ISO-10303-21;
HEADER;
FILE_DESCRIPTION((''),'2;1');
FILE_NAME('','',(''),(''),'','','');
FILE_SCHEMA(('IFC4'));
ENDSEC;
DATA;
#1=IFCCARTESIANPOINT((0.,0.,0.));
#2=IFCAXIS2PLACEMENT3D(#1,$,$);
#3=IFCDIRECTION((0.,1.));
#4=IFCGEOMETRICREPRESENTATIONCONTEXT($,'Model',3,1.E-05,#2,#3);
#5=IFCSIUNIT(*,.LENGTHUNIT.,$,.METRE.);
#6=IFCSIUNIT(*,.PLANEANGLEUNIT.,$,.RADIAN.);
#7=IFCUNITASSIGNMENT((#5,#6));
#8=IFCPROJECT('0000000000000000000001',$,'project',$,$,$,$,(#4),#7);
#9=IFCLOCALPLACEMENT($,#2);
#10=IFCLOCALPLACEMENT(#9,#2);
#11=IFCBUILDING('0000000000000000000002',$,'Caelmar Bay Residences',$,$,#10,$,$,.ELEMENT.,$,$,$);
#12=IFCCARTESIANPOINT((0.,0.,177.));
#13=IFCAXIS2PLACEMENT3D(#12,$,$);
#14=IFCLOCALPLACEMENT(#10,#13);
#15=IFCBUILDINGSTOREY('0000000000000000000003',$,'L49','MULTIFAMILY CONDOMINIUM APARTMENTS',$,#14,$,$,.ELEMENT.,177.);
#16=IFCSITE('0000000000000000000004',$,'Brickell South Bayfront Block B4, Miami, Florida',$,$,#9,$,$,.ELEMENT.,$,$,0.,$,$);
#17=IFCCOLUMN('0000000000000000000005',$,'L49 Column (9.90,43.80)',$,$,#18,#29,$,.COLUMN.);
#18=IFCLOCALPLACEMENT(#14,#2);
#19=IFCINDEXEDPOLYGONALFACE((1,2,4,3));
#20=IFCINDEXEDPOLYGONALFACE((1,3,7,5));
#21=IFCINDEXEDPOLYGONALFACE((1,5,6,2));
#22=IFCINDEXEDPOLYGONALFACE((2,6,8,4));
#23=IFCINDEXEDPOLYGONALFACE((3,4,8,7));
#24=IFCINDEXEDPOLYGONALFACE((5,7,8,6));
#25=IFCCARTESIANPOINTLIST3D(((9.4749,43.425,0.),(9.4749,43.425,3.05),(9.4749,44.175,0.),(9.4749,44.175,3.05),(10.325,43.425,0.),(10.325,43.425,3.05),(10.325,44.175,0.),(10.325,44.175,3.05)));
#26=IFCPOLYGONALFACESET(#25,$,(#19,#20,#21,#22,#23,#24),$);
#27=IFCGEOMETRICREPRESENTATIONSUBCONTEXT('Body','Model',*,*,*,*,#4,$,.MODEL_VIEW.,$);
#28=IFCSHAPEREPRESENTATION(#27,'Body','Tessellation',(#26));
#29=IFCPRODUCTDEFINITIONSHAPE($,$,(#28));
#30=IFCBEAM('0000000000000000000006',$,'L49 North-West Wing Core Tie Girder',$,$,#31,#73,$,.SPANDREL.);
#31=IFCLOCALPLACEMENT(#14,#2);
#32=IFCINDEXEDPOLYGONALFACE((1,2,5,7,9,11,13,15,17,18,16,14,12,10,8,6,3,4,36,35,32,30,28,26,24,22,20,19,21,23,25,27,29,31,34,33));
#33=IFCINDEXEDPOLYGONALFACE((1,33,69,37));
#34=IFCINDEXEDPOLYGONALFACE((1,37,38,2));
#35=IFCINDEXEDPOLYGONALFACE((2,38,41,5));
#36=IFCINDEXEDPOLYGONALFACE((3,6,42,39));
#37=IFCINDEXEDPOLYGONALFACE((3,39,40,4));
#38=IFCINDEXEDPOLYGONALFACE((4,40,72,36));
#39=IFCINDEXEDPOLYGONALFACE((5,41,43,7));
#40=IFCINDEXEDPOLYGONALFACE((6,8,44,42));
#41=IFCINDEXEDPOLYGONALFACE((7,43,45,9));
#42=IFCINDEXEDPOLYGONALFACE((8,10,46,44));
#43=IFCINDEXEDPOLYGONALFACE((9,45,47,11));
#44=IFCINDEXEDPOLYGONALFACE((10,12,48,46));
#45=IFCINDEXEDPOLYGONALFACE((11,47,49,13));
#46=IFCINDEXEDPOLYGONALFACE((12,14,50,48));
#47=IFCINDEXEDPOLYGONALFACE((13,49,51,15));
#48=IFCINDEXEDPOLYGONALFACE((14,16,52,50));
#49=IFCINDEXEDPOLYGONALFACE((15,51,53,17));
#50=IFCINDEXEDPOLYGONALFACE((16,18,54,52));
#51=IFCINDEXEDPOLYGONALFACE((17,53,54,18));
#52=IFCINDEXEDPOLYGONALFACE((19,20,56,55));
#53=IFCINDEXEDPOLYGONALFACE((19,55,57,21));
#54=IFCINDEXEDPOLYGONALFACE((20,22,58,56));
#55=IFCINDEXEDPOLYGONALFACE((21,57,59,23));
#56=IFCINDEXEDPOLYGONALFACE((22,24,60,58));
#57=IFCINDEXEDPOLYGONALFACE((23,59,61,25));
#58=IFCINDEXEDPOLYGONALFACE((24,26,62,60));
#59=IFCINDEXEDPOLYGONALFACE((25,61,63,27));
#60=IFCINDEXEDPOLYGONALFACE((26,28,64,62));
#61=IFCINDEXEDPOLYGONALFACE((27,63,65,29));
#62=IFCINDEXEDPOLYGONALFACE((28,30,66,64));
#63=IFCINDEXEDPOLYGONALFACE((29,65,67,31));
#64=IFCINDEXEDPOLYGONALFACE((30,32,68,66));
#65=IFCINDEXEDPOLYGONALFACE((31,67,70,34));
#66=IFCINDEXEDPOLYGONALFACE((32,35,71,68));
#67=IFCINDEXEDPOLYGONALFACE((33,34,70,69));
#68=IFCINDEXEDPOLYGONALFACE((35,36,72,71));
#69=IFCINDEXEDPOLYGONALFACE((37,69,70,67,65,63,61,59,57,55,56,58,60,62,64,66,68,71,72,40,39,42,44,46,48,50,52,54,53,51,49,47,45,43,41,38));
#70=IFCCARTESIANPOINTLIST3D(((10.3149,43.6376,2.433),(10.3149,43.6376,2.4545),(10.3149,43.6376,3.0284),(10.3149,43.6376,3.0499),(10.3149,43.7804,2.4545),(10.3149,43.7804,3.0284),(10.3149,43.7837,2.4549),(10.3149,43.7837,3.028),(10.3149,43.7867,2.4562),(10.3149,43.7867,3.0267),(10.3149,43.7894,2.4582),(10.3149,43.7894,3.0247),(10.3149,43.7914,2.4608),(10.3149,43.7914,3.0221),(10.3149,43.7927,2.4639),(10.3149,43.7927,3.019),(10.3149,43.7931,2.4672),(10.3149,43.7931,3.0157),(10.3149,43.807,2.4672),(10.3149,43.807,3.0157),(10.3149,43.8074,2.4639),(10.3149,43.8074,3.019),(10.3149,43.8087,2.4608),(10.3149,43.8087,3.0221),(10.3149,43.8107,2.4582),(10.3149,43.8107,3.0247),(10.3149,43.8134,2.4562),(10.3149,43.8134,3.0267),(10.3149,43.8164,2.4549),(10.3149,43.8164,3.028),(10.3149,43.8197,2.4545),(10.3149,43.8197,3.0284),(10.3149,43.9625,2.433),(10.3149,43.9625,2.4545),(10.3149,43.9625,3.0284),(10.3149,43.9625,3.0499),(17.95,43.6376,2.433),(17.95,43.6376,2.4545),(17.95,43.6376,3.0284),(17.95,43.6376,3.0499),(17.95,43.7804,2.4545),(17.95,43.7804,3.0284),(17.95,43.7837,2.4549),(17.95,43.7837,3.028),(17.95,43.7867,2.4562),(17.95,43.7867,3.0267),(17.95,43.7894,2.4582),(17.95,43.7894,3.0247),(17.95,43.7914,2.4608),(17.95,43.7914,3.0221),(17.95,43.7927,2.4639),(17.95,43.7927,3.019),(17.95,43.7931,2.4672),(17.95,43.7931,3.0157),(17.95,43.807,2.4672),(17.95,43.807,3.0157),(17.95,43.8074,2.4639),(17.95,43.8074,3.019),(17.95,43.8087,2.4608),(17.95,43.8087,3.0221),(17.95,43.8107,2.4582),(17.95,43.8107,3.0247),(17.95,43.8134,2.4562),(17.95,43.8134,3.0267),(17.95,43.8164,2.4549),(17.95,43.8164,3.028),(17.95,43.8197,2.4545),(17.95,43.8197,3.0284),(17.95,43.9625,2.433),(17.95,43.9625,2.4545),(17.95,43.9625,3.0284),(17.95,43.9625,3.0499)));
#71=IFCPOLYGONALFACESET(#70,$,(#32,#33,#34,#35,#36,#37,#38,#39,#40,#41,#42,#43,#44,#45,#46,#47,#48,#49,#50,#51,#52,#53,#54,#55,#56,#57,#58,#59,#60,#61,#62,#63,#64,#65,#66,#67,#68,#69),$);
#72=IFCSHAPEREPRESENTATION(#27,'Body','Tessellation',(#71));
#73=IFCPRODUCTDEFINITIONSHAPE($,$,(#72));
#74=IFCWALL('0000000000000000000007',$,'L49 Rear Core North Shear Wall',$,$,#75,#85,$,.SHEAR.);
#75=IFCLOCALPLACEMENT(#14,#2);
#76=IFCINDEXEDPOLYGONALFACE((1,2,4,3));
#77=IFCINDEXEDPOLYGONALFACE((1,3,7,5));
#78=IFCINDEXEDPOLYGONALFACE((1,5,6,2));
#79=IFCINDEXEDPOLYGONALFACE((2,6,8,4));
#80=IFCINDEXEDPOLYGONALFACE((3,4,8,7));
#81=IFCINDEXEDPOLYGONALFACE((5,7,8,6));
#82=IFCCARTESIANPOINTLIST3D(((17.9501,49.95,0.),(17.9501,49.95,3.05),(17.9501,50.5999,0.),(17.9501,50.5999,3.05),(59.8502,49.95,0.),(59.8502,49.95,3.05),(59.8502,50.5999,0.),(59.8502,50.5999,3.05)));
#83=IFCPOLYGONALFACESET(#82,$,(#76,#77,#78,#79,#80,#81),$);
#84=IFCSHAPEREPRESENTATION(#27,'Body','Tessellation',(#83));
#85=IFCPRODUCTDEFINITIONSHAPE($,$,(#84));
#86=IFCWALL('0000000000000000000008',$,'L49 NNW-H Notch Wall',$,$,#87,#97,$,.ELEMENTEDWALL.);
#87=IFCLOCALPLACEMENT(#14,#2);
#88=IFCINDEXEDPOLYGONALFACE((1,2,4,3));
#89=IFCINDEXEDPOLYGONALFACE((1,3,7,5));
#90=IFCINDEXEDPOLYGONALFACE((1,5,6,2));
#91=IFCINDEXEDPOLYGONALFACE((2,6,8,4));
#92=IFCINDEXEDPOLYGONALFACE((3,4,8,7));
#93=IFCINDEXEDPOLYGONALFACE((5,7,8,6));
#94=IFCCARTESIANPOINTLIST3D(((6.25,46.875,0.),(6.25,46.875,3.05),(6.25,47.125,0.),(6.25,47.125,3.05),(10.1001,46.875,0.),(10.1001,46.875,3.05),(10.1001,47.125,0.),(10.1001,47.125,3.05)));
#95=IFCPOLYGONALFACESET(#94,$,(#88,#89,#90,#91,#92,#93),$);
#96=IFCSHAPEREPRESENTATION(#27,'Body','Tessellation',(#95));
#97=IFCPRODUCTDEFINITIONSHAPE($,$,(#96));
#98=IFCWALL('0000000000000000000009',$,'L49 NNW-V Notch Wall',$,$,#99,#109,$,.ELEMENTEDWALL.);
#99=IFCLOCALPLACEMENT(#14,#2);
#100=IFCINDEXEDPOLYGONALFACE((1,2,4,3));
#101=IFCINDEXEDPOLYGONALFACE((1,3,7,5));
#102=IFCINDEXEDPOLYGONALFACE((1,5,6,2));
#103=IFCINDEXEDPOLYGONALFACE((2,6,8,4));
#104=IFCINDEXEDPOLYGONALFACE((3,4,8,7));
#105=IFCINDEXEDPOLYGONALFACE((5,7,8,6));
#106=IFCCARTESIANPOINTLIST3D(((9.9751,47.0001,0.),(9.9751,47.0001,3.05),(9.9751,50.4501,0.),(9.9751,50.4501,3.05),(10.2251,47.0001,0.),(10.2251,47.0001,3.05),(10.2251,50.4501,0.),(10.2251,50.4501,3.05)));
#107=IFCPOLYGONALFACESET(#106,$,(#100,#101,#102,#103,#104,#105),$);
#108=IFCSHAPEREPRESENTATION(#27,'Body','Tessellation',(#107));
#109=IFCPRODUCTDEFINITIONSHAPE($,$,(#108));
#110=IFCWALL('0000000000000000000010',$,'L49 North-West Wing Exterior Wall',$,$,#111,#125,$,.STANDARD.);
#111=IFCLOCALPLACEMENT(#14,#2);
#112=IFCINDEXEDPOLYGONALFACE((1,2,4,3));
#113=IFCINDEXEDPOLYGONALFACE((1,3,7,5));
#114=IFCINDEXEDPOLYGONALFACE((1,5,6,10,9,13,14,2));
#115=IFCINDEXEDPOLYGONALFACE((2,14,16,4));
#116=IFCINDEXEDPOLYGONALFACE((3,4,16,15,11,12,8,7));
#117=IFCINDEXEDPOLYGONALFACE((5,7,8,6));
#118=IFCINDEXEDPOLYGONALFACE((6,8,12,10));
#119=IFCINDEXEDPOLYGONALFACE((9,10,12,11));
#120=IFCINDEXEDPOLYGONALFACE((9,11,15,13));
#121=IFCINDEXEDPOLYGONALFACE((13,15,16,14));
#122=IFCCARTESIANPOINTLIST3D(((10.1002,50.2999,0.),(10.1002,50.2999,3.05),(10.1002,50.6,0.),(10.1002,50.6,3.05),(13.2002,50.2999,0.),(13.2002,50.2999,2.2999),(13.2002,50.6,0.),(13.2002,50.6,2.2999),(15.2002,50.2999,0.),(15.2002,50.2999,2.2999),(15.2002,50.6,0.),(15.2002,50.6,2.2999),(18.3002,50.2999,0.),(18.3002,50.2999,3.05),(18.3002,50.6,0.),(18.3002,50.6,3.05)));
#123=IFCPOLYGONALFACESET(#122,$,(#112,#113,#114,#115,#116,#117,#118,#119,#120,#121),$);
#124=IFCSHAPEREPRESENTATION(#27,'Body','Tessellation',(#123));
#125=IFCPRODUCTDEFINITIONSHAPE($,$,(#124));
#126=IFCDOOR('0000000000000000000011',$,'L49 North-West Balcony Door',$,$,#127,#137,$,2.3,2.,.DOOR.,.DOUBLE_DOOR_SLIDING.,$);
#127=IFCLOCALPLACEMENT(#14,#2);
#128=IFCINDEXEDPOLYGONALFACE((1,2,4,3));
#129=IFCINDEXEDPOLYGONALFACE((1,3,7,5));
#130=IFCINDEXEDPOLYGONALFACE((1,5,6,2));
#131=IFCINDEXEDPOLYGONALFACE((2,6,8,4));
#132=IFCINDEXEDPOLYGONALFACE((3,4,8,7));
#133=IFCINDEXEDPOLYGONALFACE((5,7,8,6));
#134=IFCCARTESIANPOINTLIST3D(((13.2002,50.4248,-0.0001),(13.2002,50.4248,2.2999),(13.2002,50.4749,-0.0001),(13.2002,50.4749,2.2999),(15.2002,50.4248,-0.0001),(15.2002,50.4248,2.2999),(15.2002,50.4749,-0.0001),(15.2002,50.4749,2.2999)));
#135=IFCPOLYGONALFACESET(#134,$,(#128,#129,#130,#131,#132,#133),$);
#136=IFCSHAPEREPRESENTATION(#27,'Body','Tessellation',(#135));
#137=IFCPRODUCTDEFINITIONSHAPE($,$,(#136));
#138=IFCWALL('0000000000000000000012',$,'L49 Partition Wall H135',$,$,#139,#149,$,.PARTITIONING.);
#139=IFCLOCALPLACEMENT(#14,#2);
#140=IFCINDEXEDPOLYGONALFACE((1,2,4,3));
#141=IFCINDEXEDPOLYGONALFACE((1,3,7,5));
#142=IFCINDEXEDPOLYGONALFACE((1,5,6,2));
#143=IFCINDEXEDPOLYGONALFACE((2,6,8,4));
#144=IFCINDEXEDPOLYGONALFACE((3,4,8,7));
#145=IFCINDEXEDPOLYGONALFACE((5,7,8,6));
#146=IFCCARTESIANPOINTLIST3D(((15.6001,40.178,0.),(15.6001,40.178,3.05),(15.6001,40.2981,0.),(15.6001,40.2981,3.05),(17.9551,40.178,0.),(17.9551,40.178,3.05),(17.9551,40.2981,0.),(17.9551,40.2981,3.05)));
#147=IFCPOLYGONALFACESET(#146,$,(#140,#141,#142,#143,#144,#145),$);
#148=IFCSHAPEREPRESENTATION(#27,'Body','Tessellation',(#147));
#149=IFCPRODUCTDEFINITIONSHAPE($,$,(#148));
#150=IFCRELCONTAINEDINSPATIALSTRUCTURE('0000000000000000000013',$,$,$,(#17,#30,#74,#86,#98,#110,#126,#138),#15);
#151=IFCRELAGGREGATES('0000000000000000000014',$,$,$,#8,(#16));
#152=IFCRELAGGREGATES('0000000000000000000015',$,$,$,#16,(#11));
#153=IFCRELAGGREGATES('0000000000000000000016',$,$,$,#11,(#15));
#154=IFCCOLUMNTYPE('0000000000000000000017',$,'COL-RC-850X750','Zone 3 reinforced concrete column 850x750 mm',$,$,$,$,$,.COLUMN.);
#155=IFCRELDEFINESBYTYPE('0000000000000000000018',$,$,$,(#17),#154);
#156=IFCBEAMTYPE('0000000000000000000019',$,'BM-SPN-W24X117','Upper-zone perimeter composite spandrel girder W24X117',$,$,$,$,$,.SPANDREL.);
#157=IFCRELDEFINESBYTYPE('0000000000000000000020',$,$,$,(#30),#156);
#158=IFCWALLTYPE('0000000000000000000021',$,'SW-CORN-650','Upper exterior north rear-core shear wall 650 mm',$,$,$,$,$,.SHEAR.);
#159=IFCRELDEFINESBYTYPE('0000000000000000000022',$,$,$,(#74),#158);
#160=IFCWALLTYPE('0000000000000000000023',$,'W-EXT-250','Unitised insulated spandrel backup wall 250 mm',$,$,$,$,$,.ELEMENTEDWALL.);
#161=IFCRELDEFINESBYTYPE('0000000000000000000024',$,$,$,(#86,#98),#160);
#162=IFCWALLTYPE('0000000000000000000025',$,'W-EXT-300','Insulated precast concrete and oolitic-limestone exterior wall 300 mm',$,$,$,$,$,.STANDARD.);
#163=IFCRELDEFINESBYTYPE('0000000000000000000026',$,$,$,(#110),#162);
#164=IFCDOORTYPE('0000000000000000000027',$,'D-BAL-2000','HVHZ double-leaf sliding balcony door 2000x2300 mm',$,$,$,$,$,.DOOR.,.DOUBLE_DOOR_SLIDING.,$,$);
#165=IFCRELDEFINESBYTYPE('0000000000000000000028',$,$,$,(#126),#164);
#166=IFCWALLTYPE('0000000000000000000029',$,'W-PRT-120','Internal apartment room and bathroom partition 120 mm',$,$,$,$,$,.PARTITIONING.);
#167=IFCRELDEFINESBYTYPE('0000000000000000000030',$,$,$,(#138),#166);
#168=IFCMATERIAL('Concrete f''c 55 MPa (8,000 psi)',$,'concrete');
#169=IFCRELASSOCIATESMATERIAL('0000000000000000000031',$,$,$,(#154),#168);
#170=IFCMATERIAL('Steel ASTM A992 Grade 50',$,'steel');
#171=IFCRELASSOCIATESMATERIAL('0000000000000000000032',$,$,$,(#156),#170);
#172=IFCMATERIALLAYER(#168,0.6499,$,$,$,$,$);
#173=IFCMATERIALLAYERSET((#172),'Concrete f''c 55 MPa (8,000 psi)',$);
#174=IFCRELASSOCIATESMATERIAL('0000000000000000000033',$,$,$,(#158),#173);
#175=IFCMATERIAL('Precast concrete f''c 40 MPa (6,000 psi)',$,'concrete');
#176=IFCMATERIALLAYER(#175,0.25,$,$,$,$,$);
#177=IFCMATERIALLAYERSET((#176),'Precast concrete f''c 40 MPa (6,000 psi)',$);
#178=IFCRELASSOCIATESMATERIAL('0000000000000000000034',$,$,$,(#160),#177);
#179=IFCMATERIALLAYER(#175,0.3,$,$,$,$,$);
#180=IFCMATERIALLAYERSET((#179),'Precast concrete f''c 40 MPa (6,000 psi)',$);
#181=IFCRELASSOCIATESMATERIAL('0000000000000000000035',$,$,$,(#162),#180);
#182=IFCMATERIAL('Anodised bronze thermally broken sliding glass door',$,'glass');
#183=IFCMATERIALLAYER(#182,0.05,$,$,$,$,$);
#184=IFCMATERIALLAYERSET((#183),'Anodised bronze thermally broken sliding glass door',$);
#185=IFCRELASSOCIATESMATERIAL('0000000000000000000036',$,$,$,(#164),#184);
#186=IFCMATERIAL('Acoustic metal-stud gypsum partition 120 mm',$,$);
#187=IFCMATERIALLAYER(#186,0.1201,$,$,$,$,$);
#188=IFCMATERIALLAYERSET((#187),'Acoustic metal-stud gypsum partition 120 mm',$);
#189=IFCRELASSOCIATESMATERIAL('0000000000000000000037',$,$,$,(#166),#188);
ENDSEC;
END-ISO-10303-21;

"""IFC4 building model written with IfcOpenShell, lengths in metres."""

from ifc_helpers import new_model, si_unit, direction, frame, frame_2d, origin, origin_2d, place, context, subcontext, project, spatial, rectangle, i_section, extrude, material, layer, layer_set, material_profile, profile_set, type_object, element, fill, save


model = new_model("IFC4")

# Units and contexts
model_context = context("Model", 3, precision=1e-05, world=origin(), true_north=direction((0.0, 1.0)))
body_context = subcontext(model_context, "Body", "Model", "MODEL_VIEW")
ifc_project = project(units=[si_unit("LENGTHUNIT", "METRE"), si_unit("PLANEANGLEUNIT", "RADIAN")], contexts=[model_context])

# Site, building, storey
site_placement = place(None, origin())
site = spatial("IfcSite", under=ifc_project, at=site_placement, Name="Brickell South Bayfront Block B4, Miami, Florida", CompositionType="ELEMENT", RefElevation=0.0)
building_placement = place(site_placement, origin())
building = spatial("IfcBuilding", under=site, at=building_placement, Name="Caelmar Bay Residences", CompositionType="ELEMENT")
storey_placement = place(building_placement, frame((0.0, 0.0, 177.0)))
storey = spatial("IfcBuildingStorey", under=building, at=storey_placement, Name="L49", Description="MULTIFAMILY CONDOMINIUM APARTMENTS", CompositionType="ELEMENT", Elevation=177.0)

# Column
ifc_material_1 = material(Name="Concrete f'c 55 MPa (8,000 psi)", Category="concrete")
ifc_material_profile_1 = material_profile(ifc_material_1, rectangle(XDim=0.8501, YDim=0.75, at=origin_2d()), Name="RC-COL-850X750")
ifc_profile_set_1 = profile_set([ifc_material_profile_1], Name="Concrete f'c 55 MPa (8,000 psi)")
column_type = type_object("IfcColumnType", Name="COL-RC-850X750", Description="Zone 3 reinforced concrete column 850x750 mm", PredefinedType="COLUMN", material=ifc_profile_set_1)
column_placement = place(storey_placement, frame((9.8999, 43.8, 0.0), z_axis=(0.0, 0.0, 1.0), x_axis=(1.0, 0.0, 0.0)))
element("IfcColumn", 1, at=column_placement, inside=storey, type_object=column_type, Name="L49 Column (9.90,43.80)", PredefinedType="COLUMN", context=body_context, shape_type="SweptSolid", body=[
    extrude(rectangle(XDim=0.8501, YDim=0.75, at=origin_2d()), origin(), (0.0, 0.0, 1.0), 3.05),
])

# Beam
ifc_material_2 = material(Name="Steel ASTM A992 Grade 50", Category="steel")
ifc_material_profile_2 = material_profile(ifc_material_2, i_section(OverallWidth=0.325, OverallDepth=0.6169, WebThickness=0.0139, FlangeThickness=0.0215, FilletRadius=0.0127, at=origin_2d()), Name="W24X117")
ifc_profile_set_2 = profile_set([ifc_material_profile_2], Name="Steel ASTM A992 Grade 50")
beam_type = type_object("IfcBeamType", Name="BM-SPN-W24X117", Description="Upper-zone perimeter composite spandrel girder W24X117", PredefinedType="SPANDREL", material=ifc_profile_set_2)
beam_placement = place(storey_placement, frame((10.3149, 43.8, 2.7415), z_axis=(1.0, 0.0, 0.0), x_axis=(0.0, 1.0, 0.0)))
element("IfcBeam", 2, at=beam_placement, inside=storey, type_object=beam_type, Name="L49 North-West Wing Core Tie Girder", PredefinedType="SPANDREL", context=body_context, shape_type="SweptSolid", body=[
    extrude(i_section(OverallWidth=0.325, OverallDepth=0.6169, WebThickness=0.0139, FlangeThickness=0.0215, FilletRadius=0.0127, at=origin_2d()), origin(), (0.0, 0.0, 1.0), 7.635),
])

# Walls
ifc_layer_1 = layer(ifc_material_1, 0.6499)
ifc_layer_set_1 = layer_set([ifc_layer_1], Name="Concrete f'c 55 MPa (8,000 psi)")
wall_type_1 = type_object("IfcWallType", Name="SW-CORN-650", Description="Upper exterior north rear-core shear wall 650 mm", PredefinedType="SHEAR", material=ifc_layer_set_1)
wall_1_placement = place(storey_placement, frame((17.95, 50.2749, 0.0), z_axis=(0.0, 0.0, 1.0), x_axis=(1.0, 0.0, 0.0)))
element("IfcWall", 3, at=wall_1_placement, inside=storey, type_object=wall_type_1, Name="L49 Rear Core North Shear Wall", PredefinedType="SHEAR", context=body_context, shape_type="SweptSolid", body=[
    extrude(rectangle(XDim=41.9001, YDim=0.6499, at=frame_2d((20.9502, 0.0))), origin(), (0.0, 0.0, 1.0), 3.05),
])
ifc_material_3 = material(Name="Precast concrete f'c 40 MPa (6,000 psi)", Category="concrete")
ifc_layer_2 = layer(ifc_material_3, 0.25)
ifc_layer_set_2 = layer_set([ifc_layer_2], Name="Precast concrete f'c 40 MPa (6,000 psi)")
wall_type_2 = type_object("IfcWallType", Name="W-EXT-250", Description="Unitised insulated spandrel backup wall 250 mm", PredefinedType="ELEMENTEDWALL", material=ifc_layer_set_2)
wall_2_placement = place(storey_placement, frame((6.25, 47.0, 0.0), z_axis=(0.0, 0.0, 1.0), x_axis=(1.0, 0.0, 0.0)))
element("IfcWall", 4, at=wall_2_placement, inside=storey, type_object=wall_type_2, Name="L49 NNW-H Notch Wall", PredefinedType="ELEMENTEDWALL", context=body_context, shape_type="SweptSolid", body=[
    extrude(rectangle(XDim=3.8501, YDim=0.25, at=frame_2d((1.925, 0.0))), origin(), (0.0, 0.0, 1.0), 3.05),
])
wall_3_placement = place(storey_placement, frame((10.1001, 47.0, 0.0), z_axis=(0.0, 0.0, 1.0), x_axis=(0.0, 1.0, 0.0)))
element("IfcWall", 5, at=wall_3_placement, inside=storey, type_object=wall_type_2, Name="L49 NNW-V Notch Wall", PredefinedType="ELEMENTEDWALL", context=body_context, shape_type="SweptSolid", body=[
    extrude(rectangle(XDim=3.45, YDim=0.25, at=frame_2d((1.7251, 0.0))), origin(), (0.0, 0.0, 1.0), 3.05),
])

# Wall, opening, door
ifc_layer_3 = layer(ifc_material_3, 0.3)
ifc_layer_set_3 = layer_set([ifc_layer_3], Name="Precast concrete f'c 40 MPa (6,000 psi)")
wall_type_3 = type_object("IfcWallType", Name="W-EXT-300", Description="Insulated precast concrete and oolitic-limestone exterior wall 300 mm", PredefinedType="STANDARD", material=ifc_layer_set_3)
wall_4_placement = place(storey_placement, frame((10.1001, 50.45, 0.0), z_axis=(0.0, 0.0, 1.0), x_axis=(1.0, 0.0, 0.0)))
wall_4 = element("IfcWall", 6, at=wall_4_placement, inside=storey, type_object=wall_type_3, Name="L49 North-West Wing Exterior Wall", PredefinedType="STANDARD", context=body_context, shape_type="SweptSolid", body=[
    extrude(rectangle(XDim=8.2, YDim=0.3, at=frame_2d((4.1001, 0.0))), origin(), (0.0, 0.0, 1.0), 3.05),
])
opening_1_placement = place(wall_4_placement, frame((3.1001, 0.0, 0.0)))
opening_1 = element("IfcOpeningElement", 7, at=opening_1_placement, cuts=wall_4, PredefinedType="OPENING", context=body_context, shape_type="SweptSolid", body=[
    extrude(rectangle(XDim=2.0, YDim=2.3, at=frame_2d((1.0, 1.1499))), frame((0.0, 0.1599, 0.0), z_axis=(0.0, -1.0, 0.0), x_axis=(1.0, 0.0, 0.0)), (0.0, 0.0, 1.0), 0.3201),
])
ifc_material_4 = material(Name="Anodised bronze thermally broken sliding glass door", Category="glass")
ifc_layer_4 = layer(ifc_material_4, 0.05)
ifc_layer_set_4 = layer_set([ifc_layer_4], Name="Anodised bronze thermally broken sliding glass door")
door_type_1 = type_object("IfcDoorType", Name="D-BAL-2000", Description="HVHZ double-leaf sliding balcony door 2000x2300 mm", OperationType="DOUBLE_DOOR_SLIDING", PredefinedType="DOOR", material=ifc_layer_set_4)
door_1_placement = place(opening_1_placement, origin())
door_1 = element("IfcDoor", 8, at=door_1_placement, inside=storey, type_object=door_type_1, Name="L49 North-West Balcony Door", OperationType="DOUBLE_DOOR_SLIDING", OverallHeight=2.3, OverallWidth=2.0, PredefinedType="DOOR", context=body_context, shape_type="SweptSolid", body=[
    extrude(rectangle(XDim=2.0, YDim=2.3, at=frame_2d((1.0, 1.1499))), frame((0.0, 0.0249, 0.0), z_axis=(0.0, -1.0, 0.0), x_axis=(1.0, 0.0, 0.0)), (0.0, 0.0, 1.0), 0.05),
])
fill(opening_1, door_1)
ifc_material_5 = material(Name="Acoustic metal-stud gypsum partition 120 mm")
ifc_layer_5 = layer(ifc_material_5, 0.1201)
ifc_layer_set_5 = layer_set([ifc_layer_5], Name="Acoustic metal-stud gypsum partition 120 mm")
wall_type_4 = type_object("IfcWallType", Name="W-PRT-120", Description="Internal apartment room and bathroom partition 120 mm", PredefinedType="PARTITIONING", material=ifc_layer_set_5)

# Wall
wall_5_placement = place(storey_placement, frame((15.6001, 40.238, 0.0), z_axis=(0.0, 0.0, 1.0), x_axis=(1.0, 0.0, 0.0)))
element("IfcWall", 9, at=wall_5_placement, inside=storey, type_object=wall_type_4, Name="L49 Partition Wall H135", PredefinedType="PARTITIONING", context=body_context, shape_type="SweptSolid", body=[
    extrude(rectangle(XDim=2.355, YDim=0.1201, at=frame_2d((1.1775, 0.0))), origin(), (0.0, 0.0, 1.0), 3.05),
])

save(model, "model.ifc")
